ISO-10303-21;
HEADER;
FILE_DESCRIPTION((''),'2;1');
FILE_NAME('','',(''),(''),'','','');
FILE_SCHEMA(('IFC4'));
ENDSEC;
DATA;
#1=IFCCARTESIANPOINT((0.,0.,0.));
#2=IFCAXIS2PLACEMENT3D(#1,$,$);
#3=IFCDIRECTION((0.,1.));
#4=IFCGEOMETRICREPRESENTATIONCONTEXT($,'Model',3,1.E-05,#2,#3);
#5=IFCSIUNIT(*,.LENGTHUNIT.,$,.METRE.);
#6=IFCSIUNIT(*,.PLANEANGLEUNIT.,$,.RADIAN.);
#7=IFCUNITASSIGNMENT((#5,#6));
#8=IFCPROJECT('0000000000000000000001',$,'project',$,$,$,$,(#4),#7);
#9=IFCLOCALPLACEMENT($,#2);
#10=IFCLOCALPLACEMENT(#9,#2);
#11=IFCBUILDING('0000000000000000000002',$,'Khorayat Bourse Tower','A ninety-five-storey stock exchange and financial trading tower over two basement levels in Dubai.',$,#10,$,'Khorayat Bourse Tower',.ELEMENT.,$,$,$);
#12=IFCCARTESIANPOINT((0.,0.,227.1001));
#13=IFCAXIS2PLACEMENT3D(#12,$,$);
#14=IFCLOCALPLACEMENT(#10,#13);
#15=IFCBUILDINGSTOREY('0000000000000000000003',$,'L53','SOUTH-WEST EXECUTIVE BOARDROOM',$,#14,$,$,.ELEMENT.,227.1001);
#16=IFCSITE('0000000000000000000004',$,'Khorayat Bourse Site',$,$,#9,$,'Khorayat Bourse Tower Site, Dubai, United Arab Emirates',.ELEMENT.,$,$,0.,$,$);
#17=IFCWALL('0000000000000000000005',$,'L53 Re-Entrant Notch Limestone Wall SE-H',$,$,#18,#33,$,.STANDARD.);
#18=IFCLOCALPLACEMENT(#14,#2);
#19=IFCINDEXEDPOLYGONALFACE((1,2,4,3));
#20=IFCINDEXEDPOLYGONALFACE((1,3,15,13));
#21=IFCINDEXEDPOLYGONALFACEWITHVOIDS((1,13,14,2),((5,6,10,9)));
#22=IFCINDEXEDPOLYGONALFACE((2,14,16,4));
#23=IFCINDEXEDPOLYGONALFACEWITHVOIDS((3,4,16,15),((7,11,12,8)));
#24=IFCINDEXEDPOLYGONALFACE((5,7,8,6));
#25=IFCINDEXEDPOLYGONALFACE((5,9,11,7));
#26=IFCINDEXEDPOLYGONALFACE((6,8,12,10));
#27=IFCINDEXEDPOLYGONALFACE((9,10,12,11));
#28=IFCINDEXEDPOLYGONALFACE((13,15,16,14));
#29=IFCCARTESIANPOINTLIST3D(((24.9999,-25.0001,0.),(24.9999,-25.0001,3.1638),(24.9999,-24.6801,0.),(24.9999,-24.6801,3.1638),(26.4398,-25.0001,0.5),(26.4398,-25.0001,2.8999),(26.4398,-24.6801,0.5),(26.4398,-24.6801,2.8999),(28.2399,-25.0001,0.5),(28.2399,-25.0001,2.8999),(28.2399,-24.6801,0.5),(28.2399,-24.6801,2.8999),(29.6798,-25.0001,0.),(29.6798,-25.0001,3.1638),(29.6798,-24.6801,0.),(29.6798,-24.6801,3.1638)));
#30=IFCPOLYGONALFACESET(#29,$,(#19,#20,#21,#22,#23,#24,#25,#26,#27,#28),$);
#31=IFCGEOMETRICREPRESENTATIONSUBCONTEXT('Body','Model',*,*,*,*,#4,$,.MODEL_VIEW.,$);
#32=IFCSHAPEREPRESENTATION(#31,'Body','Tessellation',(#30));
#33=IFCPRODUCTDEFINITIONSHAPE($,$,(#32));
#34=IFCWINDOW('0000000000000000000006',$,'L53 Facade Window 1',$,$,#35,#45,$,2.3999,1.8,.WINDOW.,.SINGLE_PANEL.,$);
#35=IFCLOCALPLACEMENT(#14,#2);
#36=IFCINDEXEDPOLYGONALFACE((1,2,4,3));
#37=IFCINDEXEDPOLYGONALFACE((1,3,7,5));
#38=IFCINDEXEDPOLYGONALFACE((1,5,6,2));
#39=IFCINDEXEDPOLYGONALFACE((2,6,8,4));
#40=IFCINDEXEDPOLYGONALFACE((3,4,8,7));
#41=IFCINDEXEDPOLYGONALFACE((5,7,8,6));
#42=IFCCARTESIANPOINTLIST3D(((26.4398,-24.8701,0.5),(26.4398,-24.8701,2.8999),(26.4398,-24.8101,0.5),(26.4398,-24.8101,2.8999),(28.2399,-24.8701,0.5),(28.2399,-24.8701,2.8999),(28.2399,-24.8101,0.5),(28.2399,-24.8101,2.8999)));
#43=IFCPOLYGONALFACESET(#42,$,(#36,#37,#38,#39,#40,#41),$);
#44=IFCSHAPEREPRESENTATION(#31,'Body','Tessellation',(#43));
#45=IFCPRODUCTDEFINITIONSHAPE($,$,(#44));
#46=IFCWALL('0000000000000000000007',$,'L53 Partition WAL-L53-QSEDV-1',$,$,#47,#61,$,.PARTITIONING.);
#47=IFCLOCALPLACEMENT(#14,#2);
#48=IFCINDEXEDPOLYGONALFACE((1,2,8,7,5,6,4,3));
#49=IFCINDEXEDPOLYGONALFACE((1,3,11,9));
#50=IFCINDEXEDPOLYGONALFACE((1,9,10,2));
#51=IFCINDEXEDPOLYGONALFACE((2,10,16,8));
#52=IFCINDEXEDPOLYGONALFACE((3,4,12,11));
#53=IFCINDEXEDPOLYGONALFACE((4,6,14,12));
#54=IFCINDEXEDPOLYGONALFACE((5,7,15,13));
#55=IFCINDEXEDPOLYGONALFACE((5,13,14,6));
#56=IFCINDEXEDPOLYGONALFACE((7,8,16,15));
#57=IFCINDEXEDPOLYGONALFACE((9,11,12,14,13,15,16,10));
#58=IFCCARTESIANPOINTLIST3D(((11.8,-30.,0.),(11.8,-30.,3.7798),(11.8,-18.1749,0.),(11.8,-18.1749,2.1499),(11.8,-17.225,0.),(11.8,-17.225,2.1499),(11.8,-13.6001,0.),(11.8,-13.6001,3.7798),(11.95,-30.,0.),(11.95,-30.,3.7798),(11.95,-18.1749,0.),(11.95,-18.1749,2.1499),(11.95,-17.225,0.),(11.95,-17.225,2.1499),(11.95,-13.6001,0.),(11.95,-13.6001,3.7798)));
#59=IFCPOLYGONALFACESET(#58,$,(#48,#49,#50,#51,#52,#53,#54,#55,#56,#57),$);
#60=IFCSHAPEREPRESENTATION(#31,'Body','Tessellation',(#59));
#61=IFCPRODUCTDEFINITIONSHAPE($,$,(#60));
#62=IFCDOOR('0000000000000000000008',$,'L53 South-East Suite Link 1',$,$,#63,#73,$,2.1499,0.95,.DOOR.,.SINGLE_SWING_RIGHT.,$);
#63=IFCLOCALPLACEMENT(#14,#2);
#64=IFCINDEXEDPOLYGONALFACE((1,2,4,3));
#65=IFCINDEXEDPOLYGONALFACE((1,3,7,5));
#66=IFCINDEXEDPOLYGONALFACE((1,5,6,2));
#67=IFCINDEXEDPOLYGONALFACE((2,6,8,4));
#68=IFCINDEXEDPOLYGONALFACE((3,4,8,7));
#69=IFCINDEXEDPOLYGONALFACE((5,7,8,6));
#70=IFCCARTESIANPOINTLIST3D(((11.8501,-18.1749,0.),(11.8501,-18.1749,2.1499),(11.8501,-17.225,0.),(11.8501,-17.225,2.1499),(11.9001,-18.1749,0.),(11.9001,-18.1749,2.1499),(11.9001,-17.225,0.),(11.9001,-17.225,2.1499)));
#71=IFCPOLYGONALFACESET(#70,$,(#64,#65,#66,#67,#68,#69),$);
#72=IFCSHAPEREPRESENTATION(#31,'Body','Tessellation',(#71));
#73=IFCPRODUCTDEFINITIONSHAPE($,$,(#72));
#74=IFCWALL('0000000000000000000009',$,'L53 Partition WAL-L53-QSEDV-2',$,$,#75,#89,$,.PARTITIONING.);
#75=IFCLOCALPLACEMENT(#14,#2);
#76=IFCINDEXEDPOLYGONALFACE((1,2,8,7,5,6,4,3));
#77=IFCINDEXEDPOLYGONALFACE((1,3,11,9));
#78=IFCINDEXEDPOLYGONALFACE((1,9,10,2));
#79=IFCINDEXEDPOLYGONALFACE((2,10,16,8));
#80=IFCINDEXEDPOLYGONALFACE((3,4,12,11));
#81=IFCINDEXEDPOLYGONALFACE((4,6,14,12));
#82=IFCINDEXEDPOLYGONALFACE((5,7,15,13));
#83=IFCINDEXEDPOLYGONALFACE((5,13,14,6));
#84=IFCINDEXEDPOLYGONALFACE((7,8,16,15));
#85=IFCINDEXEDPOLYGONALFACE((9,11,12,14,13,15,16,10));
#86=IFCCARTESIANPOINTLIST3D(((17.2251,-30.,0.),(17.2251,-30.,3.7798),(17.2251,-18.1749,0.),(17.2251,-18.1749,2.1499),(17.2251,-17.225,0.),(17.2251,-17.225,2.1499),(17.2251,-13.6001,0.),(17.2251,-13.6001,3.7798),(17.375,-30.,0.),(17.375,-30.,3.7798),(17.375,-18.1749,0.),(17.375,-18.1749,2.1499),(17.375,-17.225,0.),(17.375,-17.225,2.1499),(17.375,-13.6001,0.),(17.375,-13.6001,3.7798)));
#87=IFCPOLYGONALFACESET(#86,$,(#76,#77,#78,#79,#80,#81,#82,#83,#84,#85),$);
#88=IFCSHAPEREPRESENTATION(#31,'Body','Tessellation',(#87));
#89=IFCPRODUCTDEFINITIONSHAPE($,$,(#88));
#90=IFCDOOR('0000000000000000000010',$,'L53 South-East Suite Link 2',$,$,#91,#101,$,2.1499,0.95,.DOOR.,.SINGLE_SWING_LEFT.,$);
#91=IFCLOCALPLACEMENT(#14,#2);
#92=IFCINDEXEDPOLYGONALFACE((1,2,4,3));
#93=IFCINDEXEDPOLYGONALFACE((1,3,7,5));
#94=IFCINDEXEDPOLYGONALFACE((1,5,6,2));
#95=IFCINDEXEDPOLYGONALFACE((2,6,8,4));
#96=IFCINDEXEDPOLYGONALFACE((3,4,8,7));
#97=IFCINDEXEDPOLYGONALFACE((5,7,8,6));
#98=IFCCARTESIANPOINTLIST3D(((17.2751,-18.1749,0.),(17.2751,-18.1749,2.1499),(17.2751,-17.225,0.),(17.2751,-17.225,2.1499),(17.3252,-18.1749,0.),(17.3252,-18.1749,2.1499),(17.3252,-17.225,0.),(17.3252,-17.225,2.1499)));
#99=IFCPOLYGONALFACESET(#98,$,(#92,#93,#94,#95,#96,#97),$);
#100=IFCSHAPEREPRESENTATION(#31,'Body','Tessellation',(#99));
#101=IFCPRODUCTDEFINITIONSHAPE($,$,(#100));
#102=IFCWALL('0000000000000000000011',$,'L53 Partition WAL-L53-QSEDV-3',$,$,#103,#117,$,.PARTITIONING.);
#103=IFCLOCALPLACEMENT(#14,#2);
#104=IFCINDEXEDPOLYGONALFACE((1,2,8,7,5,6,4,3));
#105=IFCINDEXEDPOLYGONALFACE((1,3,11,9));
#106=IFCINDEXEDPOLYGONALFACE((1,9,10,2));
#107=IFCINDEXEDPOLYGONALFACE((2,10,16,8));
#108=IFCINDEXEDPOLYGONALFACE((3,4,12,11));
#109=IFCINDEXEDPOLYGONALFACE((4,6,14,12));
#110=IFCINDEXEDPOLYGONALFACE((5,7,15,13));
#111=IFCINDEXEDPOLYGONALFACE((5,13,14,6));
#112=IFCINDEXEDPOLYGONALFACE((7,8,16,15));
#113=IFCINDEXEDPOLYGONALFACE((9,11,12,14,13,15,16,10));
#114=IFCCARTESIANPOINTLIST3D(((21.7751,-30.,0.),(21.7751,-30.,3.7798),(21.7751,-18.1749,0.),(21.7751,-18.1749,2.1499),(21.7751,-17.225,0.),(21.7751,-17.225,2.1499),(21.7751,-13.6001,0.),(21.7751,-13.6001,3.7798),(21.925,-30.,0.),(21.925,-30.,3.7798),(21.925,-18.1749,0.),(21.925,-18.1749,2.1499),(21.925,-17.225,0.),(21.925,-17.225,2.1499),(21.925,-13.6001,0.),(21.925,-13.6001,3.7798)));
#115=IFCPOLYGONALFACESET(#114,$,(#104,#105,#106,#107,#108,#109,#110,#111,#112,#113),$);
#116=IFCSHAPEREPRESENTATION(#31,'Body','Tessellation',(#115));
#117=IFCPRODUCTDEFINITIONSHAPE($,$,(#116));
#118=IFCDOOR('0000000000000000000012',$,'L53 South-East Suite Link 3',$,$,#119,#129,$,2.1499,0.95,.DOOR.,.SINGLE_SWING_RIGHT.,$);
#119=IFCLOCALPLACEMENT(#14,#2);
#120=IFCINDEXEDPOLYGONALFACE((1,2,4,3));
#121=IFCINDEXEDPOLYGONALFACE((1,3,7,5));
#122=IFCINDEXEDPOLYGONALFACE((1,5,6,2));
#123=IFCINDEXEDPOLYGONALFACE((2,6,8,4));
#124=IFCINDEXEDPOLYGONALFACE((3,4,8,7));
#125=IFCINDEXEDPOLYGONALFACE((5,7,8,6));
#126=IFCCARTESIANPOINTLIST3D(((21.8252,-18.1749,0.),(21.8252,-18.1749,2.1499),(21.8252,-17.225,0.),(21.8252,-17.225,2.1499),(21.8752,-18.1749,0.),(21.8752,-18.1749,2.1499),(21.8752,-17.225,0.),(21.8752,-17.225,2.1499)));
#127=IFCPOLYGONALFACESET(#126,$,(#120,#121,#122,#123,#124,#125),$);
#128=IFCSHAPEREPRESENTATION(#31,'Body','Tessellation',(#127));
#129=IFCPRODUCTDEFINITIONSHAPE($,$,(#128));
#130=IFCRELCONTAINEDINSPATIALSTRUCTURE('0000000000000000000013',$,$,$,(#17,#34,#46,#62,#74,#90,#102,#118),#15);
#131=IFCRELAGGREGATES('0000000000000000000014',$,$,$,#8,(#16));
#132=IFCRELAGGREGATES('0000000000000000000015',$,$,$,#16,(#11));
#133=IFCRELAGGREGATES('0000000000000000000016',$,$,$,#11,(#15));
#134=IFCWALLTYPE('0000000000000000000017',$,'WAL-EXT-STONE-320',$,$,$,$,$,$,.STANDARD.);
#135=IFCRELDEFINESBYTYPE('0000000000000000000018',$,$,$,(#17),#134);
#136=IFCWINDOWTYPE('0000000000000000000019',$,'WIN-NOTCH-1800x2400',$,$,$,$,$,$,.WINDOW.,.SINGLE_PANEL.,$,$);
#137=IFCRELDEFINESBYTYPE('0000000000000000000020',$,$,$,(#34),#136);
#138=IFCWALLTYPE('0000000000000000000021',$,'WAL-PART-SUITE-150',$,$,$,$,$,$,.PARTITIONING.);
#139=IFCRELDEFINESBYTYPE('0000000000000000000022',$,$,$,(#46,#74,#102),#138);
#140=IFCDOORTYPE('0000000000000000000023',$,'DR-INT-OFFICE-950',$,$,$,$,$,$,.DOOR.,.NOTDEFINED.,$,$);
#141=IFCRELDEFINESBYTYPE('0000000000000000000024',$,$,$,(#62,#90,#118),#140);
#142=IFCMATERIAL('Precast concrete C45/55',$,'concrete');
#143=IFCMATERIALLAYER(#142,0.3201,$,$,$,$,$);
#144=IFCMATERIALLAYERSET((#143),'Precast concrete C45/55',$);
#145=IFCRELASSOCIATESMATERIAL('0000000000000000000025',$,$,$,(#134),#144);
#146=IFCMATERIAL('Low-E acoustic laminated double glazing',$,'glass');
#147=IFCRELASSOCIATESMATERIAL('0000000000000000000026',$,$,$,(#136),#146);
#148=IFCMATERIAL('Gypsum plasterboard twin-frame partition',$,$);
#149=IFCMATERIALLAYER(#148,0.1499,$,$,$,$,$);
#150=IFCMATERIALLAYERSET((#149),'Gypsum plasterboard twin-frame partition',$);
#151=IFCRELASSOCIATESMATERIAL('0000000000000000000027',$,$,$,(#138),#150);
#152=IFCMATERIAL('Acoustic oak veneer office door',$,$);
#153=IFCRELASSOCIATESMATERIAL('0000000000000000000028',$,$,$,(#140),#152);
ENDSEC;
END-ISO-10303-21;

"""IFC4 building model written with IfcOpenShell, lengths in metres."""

from ifc_helpers import new_model, si_unit, direction, frame, frame_2d, origin, place, context, subcontext, project, spatial, rectangle, extrude, source, transform, mapped, material, layer, layer_set, type_object, element, fill, save


model = new_model("IFC4")

# Units and contexts
model_context = context("Model", 3, precision=1e-05, world=origin(), true_north=direction((0.0, 1.0)))
body_context = subcontext(model_context, "Body", "Model", "MODEL_VIEW")
ifc_project = project(units=[si_unit("LENGTHUNIT", "METRE"), si_unit("PLANEANGLEUNIT", "RADIAN")], contexts=[model_context])

# Site, building, storey
site_placement = place(None, origin())
site = spatial("IfcSite", under=ifc_project, at=site_placement, Name="Khorayat Bourse Site", LongName="Khorayat Bourse Tower Site, Dubai, United Arab Emirates", CompositionType="ELEMENT", RefElevation=0.0)
building_placement = place(site_placement, origin())
building = spatial("IfcBuilding", under=site, at=building_placement, Name="Khorayat Bourse Tower", Description="A ninety-five-storey stock exchange and financial trading tower over two basement levels in Dubai.", LongName="Khorayat Bourse Tower", CompositionType="ELEMENT")
storey_placement = place(building_placement, frame((0.0, 0.0, 227.1001)))
storey = spatial("IfcBuildingStorey", under=building, at=storey_placement, Name="L53", Description="SOUTH-WEST EXECUTIVE BOARDROOM", CompositionType="ELEMENT", Elevation=227.1001)

# Wall, opening, window
ifc_material_1 = material(Name="Precast concrete C45/55", Category="concrete")
ifc_layer_1 = layer(ifc_material_1, 0.3201)
ifc_layer_set_1 = layer_set([ifc_layer_1], Name="Precast concrete C45/55")
wall_type_1 = type_object("IfcWallType", Name="WAL-EXT-STONE-320", PredefinedType="STANDARD", material=ifc_layer_set_1)
shared_shape_1 = source(origin(), body_context, "Body", "SweptSolid", [
    extrude(rectangle(XDim=4.6799, YDim=0.3201, at=frame_2d((2.3398, 0.0))), origin(), (0.0, 0.0, 1.0), 3.1638),
])
shared_shape_2 = source(origin(), body_context, "Body", "SweptSolid", [
    extrude(rectangle(XDim=1.8, YDim=2.3999, at=frame_2d((0.8999, 1.2))), frame((0.0, 0.1699, 0.0), z_axis=(0.0, -1.0, 0.0), x_axis=(1.0, 0.0, 0.0)), (0.0, 0.0, 1.0), 0.3401),
])
ifc_material_2 = material(Name="Low-E acoustic laminated double glazing", Category="glass")
window_type = type_object("IfcWindowType", Name="WIN-NOTCH-1800x2400", PartitioningType="SINGLE_PANEL", PredefinedType="WINDOW", material=ifc_material_2)
shared_shape_3 = source(origin(), body_context, "Body", "SweptSolid", [
    extrude(rectangle(XDim=1.8, YDim=2.3999, at=frame_2d((0.8999, 1.2))), frame((0.0, 0.03, 0.0), z_axis=(0.0, -1.0, 0.0), x_axis=(1.0, 0.0, 0.0)), (0.0, 0.0, 1.0), 0.0601),
])
wall_1_placement = place(storey_placement, frame((25.0, -24.8401, 0.0), z_axis=(0.0, 0.0, 1.0), x_axis=(1.0, 0.0, 0.0)))
wall_1 = element("IfcWall", 1, at=wall_1_placement, inside=storey, type_object=wall_type_1, Name="L53 Re-Entrant Notch Limestone Wall SE-H", PredefinedType="STANDARD", context=body_context, shape_type="MappedRepresentation", body=[
    mapped(shared_shape_1, transform((0.0, 0.0, 0.0), scale=1.0)),
])
opening_1_placement = place(wall_1_placement, frame((1.4399, 0.0, 0.5)))
opening_1 = element("IfcOpeningElement", 2, at=opening_1_placement, cuts=wall_1, PredefinedType="OPENING", context=body_context, shape_type="MappedRepresentation", body=[
    mapped(shared_shape_2, transform((0.0, 0.0, 0.0), scale=1.0)),
])
window_1_placement = place(opening_1_placement, origin())
window_1 = element("IfcWindow", 3, at=window_1_placement, inside=storey, type_object=window_type, Name="L53 Facade Window 1", OverallHeight=2.3999, OverallWidth=1.8, PartitioningType="SINGLE_PANEL", PredefinedType="WINDOW", context=body_context, shape_type="MappedRepresentation", body=[
    mapped(shared_shape_3, transform((0.0, 0.0, 0.0), scale=1.0)),
])
fill(opening_1, window_1)

# Walls, openings, doors
ifc_material_3 = material(Name="Gypsum plasterboard twin-frame partition")
ifc_layer_2 = layer(ifc_material_3, 0.1499)
ifc_layer_set_2 = layer_set([ifc_layer_2], Name="Gypsum plasterboard twin-frame partition")
wall_type_2 = type_object("IfcWallType", Name="WAL-PART-SUITE-150", PredefinedType="PARTITIONING", material=ifc_layer_set_2)
shared_shape_4 = source(origin(), body_context, "Body", "SweptSolid", [
    extrude(rectangle(XDim=16.3999, YDim=0.1499, at=frame_2d((8.2, 0.0))), origin(), (0.0, 0.0, 1.0), 3.7798),
])
wall_2_placement = place(storey_placement, frame((11.875, -30.0, 0.0), z_axis=(0.0, 0.0, 1.0), x_axis=(0.0, 1.0, 0.0)))
wall_2 = element("IfcWall", 4, at=wall_2_placement, inside=storey, type_object=wall_type_2, Name="L53 Partition WAL-L53-QSEDV-1", PredefinedType="PARTITIONING", context=body_context, shape_type="MappedRepresentation", body=[
    mapped(shared_shape_4, transform((0.0, 0.0, 0.0), scale=1.0)),
])
shared_shape_5 = source(origin(), body_context, "Body", "SweptSolid", [
    extrude(rectangle(XDim=0.95, YDim=2.1499, at=frame_2d((0.4751, 1.075))), frame((0.0, 0.085, 0.0), z_axis=(0.0, -1.0, 0.0), x_axis=(1.0, 0.0, 0.0)), (0.0, 0.0, 1.0), 0.1699),
])
opening_2_placement = place(wall_2_placement, frame((11.825, 0.0, 0.0)))
opening_2 = element("IfcOpeningElement", 5, at=opening_2_placement, cuts=wall_2, PredefinedType="OPENING", context=body_context, shape_type="MappedRepresentation", body=[
    mapped(shared_shape_5, transform((0.0, 0.0, 0.0), scale=1.0)),
])
ifc_material_4 = material(Name="Acoustic oak veneer office door")
door_type = type_object("IfcDoorType", Name="DR-INT-OFFICE-950", OperationType="NOTDEFINED", PredefinedType="DOOR", material=ifc_material_4)
shared_shape_6 = source(origin(), body_context, "Body", "SweptSolid", [
    extrude(rectangle(XDim=0.95, YDim=2.1499, at=frame_2d((0.4751, 1.075))), frame((0.0, 0.0249, 0.0), z_axis=(0.0, -1.0, 0.0), x_axis=(1.0, 0.0, 0.0)), (0.0, 0.0, 1.0), 0.05),
])
door_1_placement = place(opening_2_placement, origin())
door_1 = element("IfcDoor", 6, at=door_1_placement, inside=storey, type_object=door_type, Name="L53 South-East Suite Link 1", OperationType="SINGLE_SWING_RIGHT", OverallHeight=2.1499, OverallWidth=0.95, PredefinedType="DOOR", context=body_context, shape_type="MappedRepresentation", body=[
    mapped(shared_shape_6, transform((0.0, 0.0, 0.0), scale=1.0)),
])
fill(opening_2, door_1)
wall_3_placement = place(storey_placement, frame((17.3, -30.0, 0.0), z_axis=(0.0, 0.0, 1.0), x_axis=(0.0, 1.0, 0.0)))
wall_3 = element("IfcWall", 7, at=wall_3_placement, inside=storey, type_object=wall_type_2, Name="L53 Partition WAL-L53-QSEDV-2", PredefinedType="PARTITIONING", context=body_context, shape_type="MappedRepresentation", body=[
    mapped(shared_shape_4, transform((0.0, 0.0, 0.0), scale=1.0)),
])
opening_3_placement = place(wall_3_placement, frame((11.825, 0.0, 0.0)))
opening_3 = element("IfcOpeningElement", 8, at=opening_3_placement, cuts=wall_3, PredefinedType="OPENING", context=body_context, shape_type="MappedRepresentation", body=[
    mapped(shared_shape_5, transform((0.0, 0.0, 0.0), scale=1.0)),
])
door_2_placement = place(opening_3_placement, origin())
door_2 = element("IfcDoor", 9, at=door_2_placement, inside=storey, type_object=door_type, Name="L53 South-East Suite Link 2", OperationType="SINGLE_SWING_LEFT", OverallHeight=2.1499, OverallWidth=0.95, PredefinedType="DOOR", context=body_context, shape_type="MappedRepresentation", body=[
    mapped(shared_shape_6, transform((0.0, 0.0, 0.0), scale=1.0)),
])
fill(opening_3, door_2)
wall_4_placement = place(storey_placement, frame((21.8501, -30.0, 0.0), z_axis=(0.0, 0.0, 1.0), x_axis=(0.0, 1.0, 0.0)))
wall_4 = element("IfcWall", 10, at=wall_4_placement, inside=storey, type_object=wall_type_2, Name="L53 Partition WAL-L53-QSEDV-3", PredefinedType="PARTITIONING", context=body_context, shape_type="MappedRepresentation", body=[
    mapped(shared_shape_4, transform((0.0, 0.0, 0.0), scale=1.0)),
])
opening_4_placement = place(wall_4_placement, frame((11.825, 0.0, 0.0)))
opening_4 = element("IfcOpeningElement", 11, at=opening_4_placement, cuts=wall_4, PredefinedType="OPENING", context=body_context, shape_type="MappedRepresentation", body=[
    mapped(shared_shape_5, transform((0.0, 0.0, 0.0), scale=1.0)),
])
door_3_placement = place(opening_4_placement, origin())
door_3 = element("IfcDoor", 12, at=door_3_placement, inside=storey, type_object=door_type, Name="L53 South-East Suite Link 3", OperationType="SINGLE_SWING_RIGHT", OverallHeight=2.1499, OverallWidth=0.95, PredefinedType="DOOR", context=body_context, shape_type="MappedRepresentation", body=[
    mapped(shared_shape_6, transform((0.0, 0.0, 0.0), scale=1.0)),
])
fill(opening_4, door_3)

save(model, "model.ifc")
